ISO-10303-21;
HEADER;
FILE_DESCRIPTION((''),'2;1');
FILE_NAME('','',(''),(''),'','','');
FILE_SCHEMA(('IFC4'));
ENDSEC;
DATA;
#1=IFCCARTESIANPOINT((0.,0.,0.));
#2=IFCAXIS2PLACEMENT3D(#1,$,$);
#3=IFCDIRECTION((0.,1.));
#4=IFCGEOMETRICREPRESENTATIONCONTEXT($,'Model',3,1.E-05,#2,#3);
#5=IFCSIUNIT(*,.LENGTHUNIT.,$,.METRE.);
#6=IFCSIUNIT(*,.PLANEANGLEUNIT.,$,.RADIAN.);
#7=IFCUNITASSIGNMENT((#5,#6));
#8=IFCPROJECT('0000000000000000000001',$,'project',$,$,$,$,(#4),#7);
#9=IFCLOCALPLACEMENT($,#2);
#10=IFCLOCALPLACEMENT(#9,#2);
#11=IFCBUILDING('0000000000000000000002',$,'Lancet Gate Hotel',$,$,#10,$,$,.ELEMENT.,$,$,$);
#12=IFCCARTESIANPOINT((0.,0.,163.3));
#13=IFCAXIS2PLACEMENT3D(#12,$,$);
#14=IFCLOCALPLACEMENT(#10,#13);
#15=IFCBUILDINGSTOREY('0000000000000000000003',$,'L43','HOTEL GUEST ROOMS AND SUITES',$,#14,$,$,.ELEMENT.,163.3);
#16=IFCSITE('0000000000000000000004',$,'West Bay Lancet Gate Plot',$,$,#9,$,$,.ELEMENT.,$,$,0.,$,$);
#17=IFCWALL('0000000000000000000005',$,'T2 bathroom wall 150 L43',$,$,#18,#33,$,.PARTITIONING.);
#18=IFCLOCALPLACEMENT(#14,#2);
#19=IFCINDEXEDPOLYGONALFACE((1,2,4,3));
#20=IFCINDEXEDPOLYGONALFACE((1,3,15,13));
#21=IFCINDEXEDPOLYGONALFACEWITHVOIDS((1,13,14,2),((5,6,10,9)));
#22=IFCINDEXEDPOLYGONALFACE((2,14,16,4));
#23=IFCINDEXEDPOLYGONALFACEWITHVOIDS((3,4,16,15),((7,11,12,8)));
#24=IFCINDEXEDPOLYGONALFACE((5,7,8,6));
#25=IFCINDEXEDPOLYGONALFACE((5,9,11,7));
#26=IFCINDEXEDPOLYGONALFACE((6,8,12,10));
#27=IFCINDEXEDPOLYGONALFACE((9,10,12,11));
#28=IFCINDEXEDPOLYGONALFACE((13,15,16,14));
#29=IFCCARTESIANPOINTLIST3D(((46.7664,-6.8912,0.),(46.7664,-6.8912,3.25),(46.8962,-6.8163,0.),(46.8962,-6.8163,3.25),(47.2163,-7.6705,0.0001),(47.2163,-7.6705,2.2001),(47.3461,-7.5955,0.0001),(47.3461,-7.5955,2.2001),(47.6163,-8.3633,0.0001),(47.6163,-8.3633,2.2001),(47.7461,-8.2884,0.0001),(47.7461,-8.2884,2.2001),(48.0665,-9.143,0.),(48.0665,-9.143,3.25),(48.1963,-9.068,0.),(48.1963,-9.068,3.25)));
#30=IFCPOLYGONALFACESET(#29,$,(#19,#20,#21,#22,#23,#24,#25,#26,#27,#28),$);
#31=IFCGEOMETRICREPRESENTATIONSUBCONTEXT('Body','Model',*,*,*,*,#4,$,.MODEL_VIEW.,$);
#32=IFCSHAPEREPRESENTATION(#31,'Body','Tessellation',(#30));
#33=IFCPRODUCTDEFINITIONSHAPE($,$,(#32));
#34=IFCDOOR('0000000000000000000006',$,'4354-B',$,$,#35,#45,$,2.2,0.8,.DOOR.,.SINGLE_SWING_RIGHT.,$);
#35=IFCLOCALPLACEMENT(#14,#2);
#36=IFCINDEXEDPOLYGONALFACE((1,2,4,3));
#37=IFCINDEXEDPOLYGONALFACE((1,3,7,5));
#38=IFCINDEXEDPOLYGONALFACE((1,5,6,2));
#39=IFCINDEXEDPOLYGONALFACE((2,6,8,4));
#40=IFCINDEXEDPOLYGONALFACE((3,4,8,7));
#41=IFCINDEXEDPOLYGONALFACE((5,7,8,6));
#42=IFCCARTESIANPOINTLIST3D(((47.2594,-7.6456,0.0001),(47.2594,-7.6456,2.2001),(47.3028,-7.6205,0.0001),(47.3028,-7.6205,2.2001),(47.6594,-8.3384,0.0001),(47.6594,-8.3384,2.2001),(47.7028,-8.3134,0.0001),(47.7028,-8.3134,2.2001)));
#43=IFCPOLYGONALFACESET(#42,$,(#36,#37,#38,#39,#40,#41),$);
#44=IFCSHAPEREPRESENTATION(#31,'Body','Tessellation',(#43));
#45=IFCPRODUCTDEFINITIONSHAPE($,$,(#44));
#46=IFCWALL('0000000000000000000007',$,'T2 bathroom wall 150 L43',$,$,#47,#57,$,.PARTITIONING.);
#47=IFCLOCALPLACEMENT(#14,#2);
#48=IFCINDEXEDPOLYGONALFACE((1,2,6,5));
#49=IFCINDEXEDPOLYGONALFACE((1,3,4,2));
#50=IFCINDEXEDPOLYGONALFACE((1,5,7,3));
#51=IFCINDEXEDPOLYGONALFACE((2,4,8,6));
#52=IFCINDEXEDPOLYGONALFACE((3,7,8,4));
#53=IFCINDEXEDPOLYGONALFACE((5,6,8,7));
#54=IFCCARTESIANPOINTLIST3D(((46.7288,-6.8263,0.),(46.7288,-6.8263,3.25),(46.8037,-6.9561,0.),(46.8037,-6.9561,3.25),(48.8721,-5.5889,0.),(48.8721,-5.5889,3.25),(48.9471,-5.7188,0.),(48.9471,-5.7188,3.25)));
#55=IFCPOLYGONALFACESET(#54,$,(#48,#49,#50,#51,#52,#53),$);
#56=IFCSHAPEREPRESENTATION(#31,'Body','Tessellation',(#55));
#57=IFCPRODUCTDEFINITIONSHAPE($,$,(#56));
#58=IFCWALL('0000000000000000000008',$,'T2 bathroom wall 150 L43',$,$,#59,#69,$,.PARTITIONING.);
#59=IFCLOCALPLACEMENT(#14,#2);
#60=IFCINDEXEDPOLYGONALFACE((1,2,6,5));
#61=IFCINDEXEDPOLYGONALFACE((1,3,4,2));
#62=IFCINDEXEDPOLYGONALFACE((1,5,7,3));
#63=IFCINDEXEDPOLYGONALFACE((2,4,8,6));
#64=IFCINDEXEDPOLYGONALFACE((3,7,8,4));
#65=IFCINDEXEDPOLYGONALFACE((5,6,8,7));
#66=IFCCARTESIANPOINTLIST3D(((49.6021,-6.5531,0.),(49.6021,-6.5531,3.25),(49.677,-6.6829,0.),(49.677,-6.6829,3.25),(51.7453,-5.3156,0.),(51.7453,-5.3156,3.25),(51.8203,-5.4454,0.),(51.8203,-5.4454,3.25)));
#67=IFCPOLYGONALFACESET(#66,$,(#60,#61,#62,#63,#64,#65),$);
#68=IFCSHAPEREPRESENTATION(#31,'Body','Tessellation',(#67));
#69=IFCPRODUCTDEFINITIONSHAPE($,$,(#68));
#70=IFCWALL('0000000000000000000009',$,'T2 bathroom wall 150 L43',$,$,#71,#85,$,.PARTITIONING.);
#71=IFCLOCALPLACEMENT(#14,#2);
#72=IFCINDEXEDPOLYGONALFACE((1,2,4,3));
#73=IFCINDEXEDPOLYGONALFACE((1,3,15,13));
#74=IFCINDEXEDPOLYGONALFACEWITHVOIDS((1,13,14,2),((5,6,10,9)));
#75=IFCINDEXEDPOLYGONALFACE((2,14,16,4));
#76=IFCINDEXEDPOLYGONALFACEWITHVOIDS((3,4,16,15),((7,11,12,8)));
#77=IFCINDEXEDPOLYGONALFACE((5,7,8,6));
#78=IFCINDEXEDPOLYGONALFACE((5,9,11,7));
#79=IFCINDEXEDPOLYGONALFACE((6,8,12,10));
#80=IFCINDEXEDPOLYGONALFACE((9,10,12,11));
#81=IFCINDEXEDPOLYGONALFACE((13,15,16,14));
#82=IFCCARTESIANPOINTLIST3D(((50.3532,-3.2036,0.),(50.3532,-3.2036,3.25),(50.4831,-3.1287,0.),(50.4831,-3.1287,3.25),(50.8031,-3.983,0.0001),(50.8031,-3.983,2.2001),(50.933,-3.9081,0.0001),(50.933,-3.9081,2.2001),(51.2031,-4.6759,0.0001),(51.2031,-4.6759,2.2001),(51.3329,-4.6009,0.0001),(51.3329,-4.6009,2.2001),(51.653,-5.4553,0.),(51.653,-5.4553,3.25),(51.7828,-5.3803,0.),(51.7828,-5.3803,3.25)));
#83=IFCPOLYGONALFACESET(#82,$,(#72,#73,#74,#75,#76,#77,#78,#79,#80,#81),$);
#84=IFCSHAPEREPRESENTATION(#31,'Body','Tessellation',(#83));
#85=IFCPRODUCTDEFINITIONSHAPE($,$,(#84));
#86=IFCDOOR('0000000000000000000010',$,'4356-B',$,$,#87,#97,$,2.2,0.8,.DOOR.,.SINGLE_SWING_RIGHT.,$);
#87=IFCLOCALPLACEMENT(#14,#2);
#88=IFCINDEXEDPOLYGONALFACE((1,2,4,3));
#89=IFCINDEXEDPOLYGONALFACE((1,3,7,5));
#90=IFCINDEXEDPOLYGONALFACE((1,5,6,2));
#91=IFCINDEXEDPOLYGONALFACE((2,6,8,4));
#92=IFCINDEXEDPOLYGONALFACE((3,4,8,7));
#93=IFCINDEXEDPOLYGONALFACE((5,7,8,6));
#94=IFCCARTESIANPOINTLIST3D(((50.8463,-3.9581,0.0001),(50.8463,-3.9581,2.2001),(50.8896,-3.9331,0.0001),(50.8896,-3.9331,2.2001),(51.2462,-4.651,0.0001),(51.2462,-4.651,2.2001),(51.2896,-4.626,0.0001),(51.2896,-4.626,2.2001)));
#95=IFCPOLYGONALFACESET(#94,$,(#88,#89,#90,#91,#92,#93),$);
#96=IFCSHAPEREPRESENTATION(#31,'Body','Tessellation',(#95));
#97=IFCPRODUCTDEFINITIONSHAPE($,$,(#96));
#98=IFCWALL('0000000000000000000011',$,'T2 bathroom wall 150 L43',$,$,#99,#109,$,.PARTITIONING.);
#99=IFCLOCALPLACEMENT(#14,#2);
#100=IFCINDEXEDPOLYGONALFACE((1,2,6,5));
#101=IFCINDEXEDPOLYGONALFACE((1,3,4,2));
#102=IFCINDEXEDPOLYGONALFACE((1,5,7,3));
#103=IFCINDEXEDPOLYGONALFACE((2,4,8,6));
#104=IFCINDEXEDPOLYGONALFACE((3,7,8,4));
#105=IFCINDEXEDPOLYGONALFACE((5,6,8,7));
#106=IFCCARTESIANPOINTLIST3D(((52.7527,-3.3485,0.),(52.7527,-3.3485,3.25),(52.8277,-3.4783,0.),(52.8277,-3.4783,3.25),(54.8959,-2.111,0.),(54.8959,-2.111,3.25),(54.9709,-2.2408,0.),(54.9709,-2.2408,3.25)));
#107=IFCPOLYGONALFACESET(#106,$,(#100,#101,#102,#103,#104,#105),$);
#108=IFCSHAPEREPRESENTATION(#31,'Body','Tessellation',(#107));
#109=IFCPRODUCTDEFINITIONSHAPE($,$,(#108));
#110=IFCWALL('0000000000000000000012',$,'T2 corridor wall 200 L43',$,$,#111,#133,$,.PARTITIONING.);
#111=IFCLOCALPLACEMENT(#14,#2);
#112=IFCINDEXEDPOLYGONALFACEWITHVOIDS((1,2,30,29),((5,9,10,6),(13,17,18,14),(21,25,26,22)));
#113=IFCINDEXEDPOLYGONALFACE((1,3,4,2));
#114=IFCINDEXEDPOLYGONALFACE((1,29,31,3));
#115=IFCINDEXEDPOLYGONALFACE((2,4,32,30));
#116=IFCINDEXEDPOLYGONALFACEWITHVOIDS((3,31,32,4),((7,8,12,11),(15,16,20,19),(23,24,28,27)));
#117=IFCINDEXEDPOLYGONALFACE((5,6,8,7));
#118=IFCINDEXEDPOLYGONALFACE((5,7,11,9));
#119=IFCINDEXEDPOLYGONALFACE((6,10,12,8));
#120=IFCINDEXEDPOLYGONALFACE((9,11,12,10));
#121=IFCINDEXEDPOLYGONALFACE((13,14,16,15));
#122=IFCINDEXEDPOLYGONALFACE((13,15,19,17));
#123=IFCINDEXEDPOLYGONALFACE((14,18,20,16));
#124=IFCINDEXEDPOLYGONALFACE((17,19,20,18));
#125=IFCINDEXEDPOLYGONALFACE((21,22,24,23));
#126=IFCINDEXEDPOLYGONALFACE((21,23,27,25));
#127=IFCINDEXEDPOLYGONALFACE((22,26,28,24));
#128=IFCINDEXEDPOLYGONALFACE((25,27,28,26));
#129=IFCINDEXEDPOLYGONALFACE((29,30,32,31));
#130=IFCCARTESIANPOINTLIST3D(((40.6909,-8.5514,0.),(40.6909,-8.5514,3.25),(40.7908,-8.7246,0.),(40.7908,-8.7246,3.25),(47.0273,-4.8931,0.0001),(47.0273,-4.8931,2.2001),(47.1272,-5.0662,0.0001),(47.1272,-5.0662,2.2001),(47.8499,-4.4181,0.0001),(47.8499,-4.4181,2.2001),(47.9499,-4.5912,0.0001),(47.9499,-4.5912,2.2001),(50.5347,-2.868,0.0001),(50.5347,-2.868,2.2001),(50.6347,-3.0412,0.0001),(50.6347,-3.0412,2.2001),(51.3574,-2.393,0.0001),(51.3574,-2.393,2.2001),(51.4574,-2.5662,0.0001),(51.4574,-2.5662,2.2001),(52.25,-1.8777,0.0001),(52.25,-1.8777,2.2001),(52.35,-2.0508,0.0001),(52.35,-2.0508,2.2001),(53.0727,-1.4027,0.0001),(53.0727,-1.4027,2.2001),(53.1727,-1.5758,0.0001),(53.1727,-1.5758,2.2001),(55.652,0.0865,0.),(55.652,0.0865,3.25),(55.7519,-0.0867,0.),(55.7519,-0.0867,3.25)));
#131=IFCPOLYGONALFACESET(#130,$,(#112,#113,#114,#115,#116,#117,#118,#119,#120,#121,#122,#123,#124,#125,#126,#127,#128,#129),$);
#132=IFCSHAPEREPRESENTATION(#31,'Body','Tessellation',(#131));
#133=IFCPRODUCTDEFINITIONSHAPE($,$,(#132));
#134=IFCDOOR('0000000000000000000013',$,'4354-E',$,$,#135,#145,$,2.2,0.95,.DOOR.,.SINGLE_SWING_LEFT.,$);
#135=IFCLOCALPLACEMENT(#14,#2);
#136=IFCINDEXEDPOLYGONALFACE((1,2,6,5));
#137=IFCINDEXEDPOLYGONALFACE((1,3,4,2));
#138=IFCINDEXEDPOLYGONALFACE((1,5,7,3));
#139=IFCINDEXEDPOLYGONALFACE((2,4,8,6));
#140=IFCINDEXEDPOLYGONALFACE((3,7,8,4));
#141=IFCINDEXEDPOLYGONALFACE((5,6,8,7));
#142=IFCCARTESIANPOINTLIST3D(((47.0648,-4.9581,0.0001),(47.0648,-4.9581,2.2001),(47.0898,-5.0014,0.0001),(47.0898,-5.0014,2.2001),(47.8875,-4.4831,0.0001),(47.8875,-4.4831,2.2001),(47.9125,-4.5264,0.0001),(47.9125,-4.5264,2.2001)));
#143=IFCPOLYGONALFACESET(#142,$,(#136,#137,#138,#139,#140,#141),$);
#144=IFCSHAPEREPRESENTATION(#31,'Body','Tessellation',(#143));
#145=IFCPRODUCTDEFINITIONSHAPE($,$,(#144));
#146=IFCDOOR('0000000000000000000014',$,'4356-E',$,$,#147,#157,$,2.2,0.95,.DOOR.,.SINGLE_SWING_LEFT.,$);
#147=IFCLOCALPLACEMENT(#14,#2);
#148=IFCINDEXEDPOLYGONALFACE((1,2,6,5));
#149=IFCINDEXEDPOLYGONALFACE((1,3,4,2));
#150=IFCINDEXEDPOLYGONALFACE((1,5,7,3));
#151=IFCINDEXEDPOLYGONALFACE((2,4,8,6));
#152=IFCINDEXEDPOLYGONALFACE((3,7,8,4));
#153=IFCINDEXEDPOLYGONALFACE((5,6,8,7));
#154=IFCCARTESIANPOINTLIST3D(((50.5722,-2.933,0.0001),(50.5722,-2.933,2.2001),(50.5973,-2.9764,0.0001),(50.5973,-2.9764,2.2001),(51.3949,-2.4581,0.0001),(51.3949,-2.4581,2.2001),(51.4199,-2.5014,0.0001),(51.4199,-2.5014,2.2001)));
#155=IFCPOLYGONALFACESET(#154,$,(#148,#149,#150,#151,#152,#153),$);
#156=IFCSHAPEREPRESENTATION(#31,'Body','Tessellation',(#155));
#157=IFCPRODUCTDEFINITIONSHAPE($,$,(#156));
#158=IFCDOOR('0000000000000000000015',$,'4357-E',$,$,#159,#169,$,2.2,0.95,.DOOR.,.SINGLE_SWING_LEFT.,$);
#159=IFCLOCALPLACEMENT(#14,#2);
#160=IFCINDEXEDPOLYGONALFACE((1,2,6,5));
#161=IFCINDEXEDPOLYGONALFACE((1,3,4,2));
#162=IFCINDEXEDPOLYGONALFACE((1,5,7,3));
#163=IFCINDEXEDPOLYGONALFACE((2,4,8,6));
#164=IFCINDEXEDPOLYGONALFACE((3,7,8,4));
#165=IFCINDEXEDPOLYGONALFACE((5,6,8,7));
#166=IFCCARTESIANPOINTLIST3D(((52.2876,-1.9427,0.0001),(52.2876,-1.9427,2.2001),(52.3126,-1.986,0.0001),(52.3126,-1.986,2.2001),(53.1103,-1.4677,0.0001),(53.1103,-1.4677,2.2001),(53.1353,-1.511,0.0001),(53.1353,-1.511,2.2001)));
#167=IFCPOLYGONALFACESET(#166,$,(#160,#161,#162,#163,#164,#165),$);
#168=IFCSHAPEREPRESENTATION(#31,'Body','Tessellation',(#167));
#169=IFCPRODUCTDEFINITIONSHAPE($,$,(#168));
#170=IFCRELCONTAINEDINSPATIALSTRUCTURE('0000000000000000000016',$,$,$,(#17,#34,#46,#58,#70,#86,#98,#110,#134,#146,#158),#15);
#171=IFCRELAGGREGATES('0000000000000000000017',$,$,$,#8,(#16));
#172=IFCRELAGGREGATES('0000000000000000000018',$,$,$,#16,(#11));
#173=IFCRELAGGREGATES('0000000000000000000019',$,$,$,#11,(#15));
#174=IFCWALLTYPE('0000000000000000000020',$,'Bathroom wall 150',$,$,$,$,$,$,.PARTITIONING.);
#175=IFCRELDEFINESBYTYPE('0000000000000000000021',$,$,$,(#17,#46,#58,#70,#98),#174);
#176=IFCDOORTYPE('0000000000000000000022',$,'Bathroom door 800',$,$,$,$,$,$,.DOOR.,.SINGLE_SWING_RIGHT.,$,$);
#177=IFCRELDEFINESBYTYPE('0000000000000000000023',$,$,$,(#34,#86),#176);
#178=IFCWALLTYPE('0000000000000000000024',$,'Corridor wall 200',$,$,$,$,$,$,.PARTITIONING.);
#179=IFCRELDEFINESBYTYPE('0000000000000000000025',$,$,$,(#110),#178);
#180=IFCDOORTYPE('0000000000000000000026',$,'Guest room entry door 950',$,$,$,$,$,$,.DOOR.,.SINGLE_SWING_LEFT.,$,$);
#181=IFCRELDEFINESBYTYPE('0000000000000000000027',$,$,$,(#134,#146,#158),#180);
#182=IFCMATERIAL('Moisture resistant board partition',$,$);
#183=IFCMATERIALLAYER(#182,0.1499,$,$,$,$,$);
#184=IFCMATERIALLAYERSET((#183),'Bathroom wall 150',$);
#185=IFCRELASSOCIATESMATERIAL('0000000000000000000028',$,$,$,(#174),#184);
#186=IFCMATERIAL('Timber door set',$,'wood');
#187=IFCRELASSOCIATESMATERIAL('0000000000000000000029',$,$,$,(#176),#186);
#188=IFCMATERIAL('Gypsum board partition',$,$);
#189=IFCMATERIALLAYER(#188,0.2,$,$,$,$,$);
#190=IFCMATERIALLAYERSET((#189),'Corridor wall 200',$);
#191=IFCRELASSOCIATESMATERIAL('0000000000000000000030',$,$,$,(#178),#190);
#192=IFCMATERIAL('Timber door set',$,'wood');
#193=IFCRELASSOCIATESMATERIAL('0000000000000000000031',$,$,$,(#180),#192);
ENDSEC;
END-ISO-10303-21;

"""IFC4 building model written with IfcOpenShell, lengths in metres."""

from ifc_helpers import new_model, si_unit, direction, frame, frame_2d, origin, place, context, subcontext, project, spatial, rectangle, extrude, material, layer, layer_set, type_object, element, fill, save


model = new_model("IFC4")

# Units and contexts
model_context = context("Model", 3, precision=1e-05, world=origin(), true_north=direction((0.0, 1.0)))
body_context = subcontext(model_context, "Body", "Model", "MODEL_VIEW")
ifc_project = project(units=[si_unit("LENGTHUNIT", "METRE"), si_unit("PLANEANGLEUNIT", "RADIAN")], contexts=[model_context])

# Site, building, storey
site_placement = place(None, origin())
site = spatial("IfcSite", under=ifc_project, at=site_placement, Name="West Bay Lancet Gate Plot", CompositionType="ELEMENT", RefElevation=0.0)
building_placement = place(site_placement, origin())
building = spatial("IfcBuilding", under=site, at=building_placement, Name="Lancet Gate Hotel", CompositionType="ELEMENT")
storey_placement = place(building_placement, frame((0.0, 0.0, 163.3)))
storey = spatial("IfcBuildingStorey", under=building, at=storey_placement, Name="L43", Description="HOTEL GUEST ROOMS AND SUITES", CompositionType="ELEMENT", Elevation=163.3)

# Shared definitions
ifc_material_1 = material(Name="Moisture resistant board partition")
ifc_layer_1 = layer(ifc_material_1, 0.1499)
ifc_layer_set_1 = layer_set([ifc_layer_1], Name="Bathroom wall 150")
wall_type_1 = type_object("IfcWallType", Name="Bathroom wall 150", PredefinedType="PARTITIONING", material=ifc_layer_set_1)

# Wall, opening, door
wall_1_placement = place(storey_placement, frame((46.8313, -6.8538, 0.0), z_axis=(0.0, 0.0, 1.0), x_axis=(0.500007, -0.866021, 0.0)))
wall_1 = element("IfcWall", 1, at=wall_1_placement, inside=storey, type_object=wall_type_1, Name="T2 bathroom wall 150 L43", PredefinedType="PARTITIONING", context=body_context, shape_type="SweptSolid", body=[
    extrude(rectangle(XDim=2.6001, YDim=0.1499, at=frame_2d((1.3, 0.0))), origin(), (0.0, 0.0, 1.0), 3.25),
])
opening_1_placement = place(wall_1_placement, frame((0.8999, 0.0, 0.0)))
opening_1 = element("IfcOpeningElement", 2, at=opening_1_placement, cuts=wall_1, PredefinedType="OPENING", context=body_context, shape_type="SweptSolid", body=[
    extrude(rectangle(XDim=0.8, YDim=2.2, at=frame_2d((0.3999, 1.1001))), frame((0.0, 0.085, 0.0), z_axis=(0.0, -1.0, 0.0), x_axis=(1.0, 0.0, 0.0)), (0.0, 0.0, 1.0), 0.1699),
])
ifc_material_2 = material(Name="Timber door set", Category="wood")
door_type_1 = type_object("IfcDoorType", Name="Bathroom door 800", OperationType="SINGLE_SWING_RIGHT", PredefinedType="DOOR", material=ifc_material_2)
door_1_placement = place(opening_1_placement, origin())
door_1 = element("IfcDoor", 3, at=door_1_placement, inside=storey, type_object=door_type_1, Name="4354-B", OperationType="SINGLE_SWING_RIGHT", OverallHeight=2.2, OverallWidth=0.8, PredefinedType="DOOR", context=body_context, shape_type="SweptSolid", body=[
    extrude(rectangle(XDim=0.8, YDim=2.2, at=frame_2d((0.3999, 1.1001))), frame((0.0, 0.0249, 0.0), z_axis=(0.0, -1.0, 0.0), x_axis=(1.0, 0.0, 0.0)), (0.0, 0.0, 1.0), 0.05),
])
fill(opening_1, door_1)

# Walls
for number, where, z_axis, x_axis, name in (
    (4, (46.7664, -6.8911, 0.0), (0.0, 0.0, 1.0), (0.866049, 0.499959, 0.0), "T2 bathroom wall 150 L43"),
    (5, (49.6396, -6.6179, 0.0), (0.0, 0.0, 1.0), (0.866007, 0.500033, 0.0), "T2 bathroom wall 150 L43"),
):
    element("IfcWall", number, at=place(storey_placement, frame(where, z_axis=z_axis, x_axis=x_axis)), inside=storey, type_object=wall_type_1, Name=name, PredefinedType="PARTITIONING", context=body_context, shape_type="SweptSolid", body=[
        extrude(rectangle(XDim=2.4749, YDim=0.1499, at=frame_2d((1.2373, 0.0))), origin(), (0.0, 0.0, 1.0), 3.25),
    ])

# Wall, opening, door
wall_2_placement = place(storey_placement, frame((50.4182, -3.1663, 0.0), z_axis=(0.0, 0.0, 1.0), x_axis=(0.499937, -0.866062, 0.0)))
wall_2 = element("IfcWall", 6, at=wall_2_placement, inside=storey, type_object=wall_type_1, Name="T2 bathroom wall 150 L43", PredefinedType="PARTITIONING", context=body_context, shape_type="SweptSolid", body=[
    extrude(rectangle(XDim=2.5999, YDim=0.1499, at=frame_2d((1.2998, 0.0))), origin(), (0.0, 0.0, 1.0), 3.25),
])
opening_2_placement = place(wall_2_placement, frame((0.8999, 0.0, 0.0)))
opening_2 = element("IfcOpeningElement", 7, at=opening_2_placement, cuts=wall_2, PredefinedType="OPENING", context=body_context, shape_type="SweptSolid", body=[
    extrude(rectangle(XDim=0.8, YDim=2.2, at=frame_2d((0.3999, 1.1001))), frame((0.0, 0.085, 0.0), z_axis=(0.0, -1.0, 0.0), x_axis=(1.0, 0.0, 0.0)), (0.0, 0.0, 1.0), 0.1699),
])
door_2_placement = place(opening_2_placement, origin())
door_2 = element("IfcDoor", 8, at=door_2_placement, inside=storey, type_object=door_type_1, Name="4356-B", OperationType="SINGLE_SWING_RIGHT", OverallHeight=2.2, OverallWidth=0.8, PredefinedType="DOOR", context=body_context, shape_type="SweptSolid", body=[
    extrude(rectangle(XDim=0.8, YDim=2.2, at=frame_2d((0.3999, 1.1001))), frame((0.0, 0.0249, 0.0), z_axis=(0.0, -1.0, 0.0), x_axis=(1.0, 0.0, 0.0)), (0.0, 0.0, 1.0), 0.05),
])
fill(opening_2, door_2)

# Wall
wall_3_placement = place(storey_placement, frame((52.7903, -3.4133, 0.0), z_axis=(0.0, 0.0, 1.0), x_axis=(0.866007, 0.500033, 0.0)))
element("IfcWall", 9, at=wall_3_placement, inside=storey, type_object=wall_type_1, Name="T2 bathroom wall 150 L43", PredefinedType="PARTITIONING", context=body_context, shape_type="SweptSolid", body=[
    extrude(rectangle(XDim=2.4749, YDim=0.1499, at=frame_2d((1.2373, 0.0))), origin(), (0.0, 0.0, 1.0), 3.25),
])

# Wall, openings, doors
ifc_material_3 = material(Name="Gypsum board partition")
ifc_layer_2 = layer(ifc_material_3, 0.2)
ifc_layer_set_2 = layer_set([ifc_layer_2], Name="Corridor wall 200")
wall_type_2 = type_object("IfcWallType", Name="Corridor wall 200", PredefinedType="PARTITIONING", material=ifc_layer_set_2)
wall_4_placement = place(storey_placement, frame((40.741, -8.6379, 0.0), z_axis=(0.0, 0.0, 1.0), x_axis=(0.866023, 0.500004, 0.0)))
wall_4 = element("IfcWall", 10, at=wall_4_placement, inside=storey, type_object=wall_type_2, Name="T2 corridor wall 200 L43", PredefinedType="PARTITIONING", context=body_context, shape_type="SweptSolid", body=[
    extrude(rectangle(XDim=17.2756, YDim=0.2, at=frame_2d((8.6377, 0.0))), origin(), (0.0, 0.0, 1.0), 3.25),
])
opening_3_placement = place(wall_4_placement, frame((7.3164, 0.0, 0.0)))
opening_3 = element("IfcOpeningElement", 11, at=opening_3_placement, cuts=wall_4, PredefinedType="OPENING", context=body_context, shape_type="SweptSolid", body=[
    extrude(rectangle(XDim=0.95, YDim=2.2, at=frame_2d((0.4751, 1.1001))), frame((0.0, 0.1099, 0.0), z_axis=(0.0, -1.0, 0.0), x_axis=(1.0, 0.0, 0.0)), (0.0, 0.0, 1.0), 0.22),
])
opening_4_placement = place(wall_4_placement, frame((11.3665, 0.0, 0.0)))
opening_4 = element("IfcOpeningElement", 12, at=opening_4_placement, cuts=wall_4, PredefinedType="OPENING", context=body_context, shape_type="SweptSolid", body=[
    extrude(rectangle(XDim=0.95, YDim=2.2, at=frame_2d((0.4751, 1.1001))), frame((0.0, 0.1099, 0.0), z_axis=(0.0, -1.0, 0.0), x_axis=(1.0, 0.0, 0.0)), (0.0, 0.0, 1.0), 0.22),
])
opening_5_placement = place(wall_4_placement, frame((13.3472, 0.0, 0.0)))
opening_5 = element("IfcOpeningElement", 13, at=opening_5_placement, cuts=wall_4, PredefinedType="OPENING", context=body_context, shape_type="SweptSolid", body=[
    extrude(rectangle(XDim=0.95, YDim=2.2, at=frame_2d((0.4751, 1.1001))), frame((0.0, 0.1099, 0.0), z_axis=(0.0, -1.0, 0.0), x_axis=(1.0, 0.0, 0.0)), (0.0, 0.0, 1.0), 0.22),
])
ifc_material_4 = material(Name="Timber door set", Category="wood")
door_type_2 = type_object("IfcDoorType", Name="Guest room entry door 950", OperationType="SINGLE_SWING_LEFT", PredefinedType="DOOR", material=ifc_material_4)
door_3_placement = place(opening_3_placement, origin())
door_3 = element("IfcDoor", 14, at=door_3_placement, inside=storey, type_object=door_type_2, Name="4354-E", OperationType="SINGLE_SWING_LEFT", OverallHeight=2.2, OverallWidth=0.95, PredefinedType="DOOR", context=body_context, shape_type="SweptSolid", body=[
    extrude(rectangle(XDim=0.95, YDim=2.2, at=frame_2d((0.4751, 1.1001))), frame((0.0, 0.0249, 0.0), z_axis=(0.0, -1.0, 0.0), x_axis=(1.0, 0.0, 0.0)), (0.0, 0.0, 1.0), 0.05),
])
fill(opening_3, door_3)
door_4_placement = place(opening_4_placement, origin())
door_4 = element("IfcDoor", 15, at=door_4_placement, inside=storey, type_object=door_type_2, Name="4356-E", OperationType="SINGLE_SWING_LEFT", OverallHeight=2.2, OverallWidth=0.95, PredefinedType="DOOR", context=body_context, shape_type="SweptSolid", body=[
    extrude(rectangle(XDim=0.95, YDim=2.2, at=frame_2d((0.4751, 1.1001))), frame((0.0, 0.0249, 0.0), z_axis=(0.0, -1.0, 0.0), x_axis=(1.0, 0.0, 0.0)), (0.0, 0.0, 1.0), 0.05),
])
fill(opening_4, door_4)
door_5_placement = place(opening_5_placement, origin())
door_5 = element("IfcDoor", 16, at=door_5_placement, inside=storey, type_object=door_type_2, Name="4357-E", OperationType="SINGLE_SWING_LEFT", OverallHeight=2.2, OverallWidth=0.95, PredefinedType="DOOR", context=body_context, shape_type="SweptSolid", body=[
    extrude(rectangle(XDim=0.95, YDim=2.2, at=frame_2d((0.4751, 1.1001))), frame((0.0, 0.0249, 0.0), z_axis=(0.0, -1.0, 0.0), x_axis=(1.0, 0.0, 0.0)), (0.0, 0.0, 1.0), 0.05),
])
fill(opening_5, door_5)

save(model, "model.ifc")
